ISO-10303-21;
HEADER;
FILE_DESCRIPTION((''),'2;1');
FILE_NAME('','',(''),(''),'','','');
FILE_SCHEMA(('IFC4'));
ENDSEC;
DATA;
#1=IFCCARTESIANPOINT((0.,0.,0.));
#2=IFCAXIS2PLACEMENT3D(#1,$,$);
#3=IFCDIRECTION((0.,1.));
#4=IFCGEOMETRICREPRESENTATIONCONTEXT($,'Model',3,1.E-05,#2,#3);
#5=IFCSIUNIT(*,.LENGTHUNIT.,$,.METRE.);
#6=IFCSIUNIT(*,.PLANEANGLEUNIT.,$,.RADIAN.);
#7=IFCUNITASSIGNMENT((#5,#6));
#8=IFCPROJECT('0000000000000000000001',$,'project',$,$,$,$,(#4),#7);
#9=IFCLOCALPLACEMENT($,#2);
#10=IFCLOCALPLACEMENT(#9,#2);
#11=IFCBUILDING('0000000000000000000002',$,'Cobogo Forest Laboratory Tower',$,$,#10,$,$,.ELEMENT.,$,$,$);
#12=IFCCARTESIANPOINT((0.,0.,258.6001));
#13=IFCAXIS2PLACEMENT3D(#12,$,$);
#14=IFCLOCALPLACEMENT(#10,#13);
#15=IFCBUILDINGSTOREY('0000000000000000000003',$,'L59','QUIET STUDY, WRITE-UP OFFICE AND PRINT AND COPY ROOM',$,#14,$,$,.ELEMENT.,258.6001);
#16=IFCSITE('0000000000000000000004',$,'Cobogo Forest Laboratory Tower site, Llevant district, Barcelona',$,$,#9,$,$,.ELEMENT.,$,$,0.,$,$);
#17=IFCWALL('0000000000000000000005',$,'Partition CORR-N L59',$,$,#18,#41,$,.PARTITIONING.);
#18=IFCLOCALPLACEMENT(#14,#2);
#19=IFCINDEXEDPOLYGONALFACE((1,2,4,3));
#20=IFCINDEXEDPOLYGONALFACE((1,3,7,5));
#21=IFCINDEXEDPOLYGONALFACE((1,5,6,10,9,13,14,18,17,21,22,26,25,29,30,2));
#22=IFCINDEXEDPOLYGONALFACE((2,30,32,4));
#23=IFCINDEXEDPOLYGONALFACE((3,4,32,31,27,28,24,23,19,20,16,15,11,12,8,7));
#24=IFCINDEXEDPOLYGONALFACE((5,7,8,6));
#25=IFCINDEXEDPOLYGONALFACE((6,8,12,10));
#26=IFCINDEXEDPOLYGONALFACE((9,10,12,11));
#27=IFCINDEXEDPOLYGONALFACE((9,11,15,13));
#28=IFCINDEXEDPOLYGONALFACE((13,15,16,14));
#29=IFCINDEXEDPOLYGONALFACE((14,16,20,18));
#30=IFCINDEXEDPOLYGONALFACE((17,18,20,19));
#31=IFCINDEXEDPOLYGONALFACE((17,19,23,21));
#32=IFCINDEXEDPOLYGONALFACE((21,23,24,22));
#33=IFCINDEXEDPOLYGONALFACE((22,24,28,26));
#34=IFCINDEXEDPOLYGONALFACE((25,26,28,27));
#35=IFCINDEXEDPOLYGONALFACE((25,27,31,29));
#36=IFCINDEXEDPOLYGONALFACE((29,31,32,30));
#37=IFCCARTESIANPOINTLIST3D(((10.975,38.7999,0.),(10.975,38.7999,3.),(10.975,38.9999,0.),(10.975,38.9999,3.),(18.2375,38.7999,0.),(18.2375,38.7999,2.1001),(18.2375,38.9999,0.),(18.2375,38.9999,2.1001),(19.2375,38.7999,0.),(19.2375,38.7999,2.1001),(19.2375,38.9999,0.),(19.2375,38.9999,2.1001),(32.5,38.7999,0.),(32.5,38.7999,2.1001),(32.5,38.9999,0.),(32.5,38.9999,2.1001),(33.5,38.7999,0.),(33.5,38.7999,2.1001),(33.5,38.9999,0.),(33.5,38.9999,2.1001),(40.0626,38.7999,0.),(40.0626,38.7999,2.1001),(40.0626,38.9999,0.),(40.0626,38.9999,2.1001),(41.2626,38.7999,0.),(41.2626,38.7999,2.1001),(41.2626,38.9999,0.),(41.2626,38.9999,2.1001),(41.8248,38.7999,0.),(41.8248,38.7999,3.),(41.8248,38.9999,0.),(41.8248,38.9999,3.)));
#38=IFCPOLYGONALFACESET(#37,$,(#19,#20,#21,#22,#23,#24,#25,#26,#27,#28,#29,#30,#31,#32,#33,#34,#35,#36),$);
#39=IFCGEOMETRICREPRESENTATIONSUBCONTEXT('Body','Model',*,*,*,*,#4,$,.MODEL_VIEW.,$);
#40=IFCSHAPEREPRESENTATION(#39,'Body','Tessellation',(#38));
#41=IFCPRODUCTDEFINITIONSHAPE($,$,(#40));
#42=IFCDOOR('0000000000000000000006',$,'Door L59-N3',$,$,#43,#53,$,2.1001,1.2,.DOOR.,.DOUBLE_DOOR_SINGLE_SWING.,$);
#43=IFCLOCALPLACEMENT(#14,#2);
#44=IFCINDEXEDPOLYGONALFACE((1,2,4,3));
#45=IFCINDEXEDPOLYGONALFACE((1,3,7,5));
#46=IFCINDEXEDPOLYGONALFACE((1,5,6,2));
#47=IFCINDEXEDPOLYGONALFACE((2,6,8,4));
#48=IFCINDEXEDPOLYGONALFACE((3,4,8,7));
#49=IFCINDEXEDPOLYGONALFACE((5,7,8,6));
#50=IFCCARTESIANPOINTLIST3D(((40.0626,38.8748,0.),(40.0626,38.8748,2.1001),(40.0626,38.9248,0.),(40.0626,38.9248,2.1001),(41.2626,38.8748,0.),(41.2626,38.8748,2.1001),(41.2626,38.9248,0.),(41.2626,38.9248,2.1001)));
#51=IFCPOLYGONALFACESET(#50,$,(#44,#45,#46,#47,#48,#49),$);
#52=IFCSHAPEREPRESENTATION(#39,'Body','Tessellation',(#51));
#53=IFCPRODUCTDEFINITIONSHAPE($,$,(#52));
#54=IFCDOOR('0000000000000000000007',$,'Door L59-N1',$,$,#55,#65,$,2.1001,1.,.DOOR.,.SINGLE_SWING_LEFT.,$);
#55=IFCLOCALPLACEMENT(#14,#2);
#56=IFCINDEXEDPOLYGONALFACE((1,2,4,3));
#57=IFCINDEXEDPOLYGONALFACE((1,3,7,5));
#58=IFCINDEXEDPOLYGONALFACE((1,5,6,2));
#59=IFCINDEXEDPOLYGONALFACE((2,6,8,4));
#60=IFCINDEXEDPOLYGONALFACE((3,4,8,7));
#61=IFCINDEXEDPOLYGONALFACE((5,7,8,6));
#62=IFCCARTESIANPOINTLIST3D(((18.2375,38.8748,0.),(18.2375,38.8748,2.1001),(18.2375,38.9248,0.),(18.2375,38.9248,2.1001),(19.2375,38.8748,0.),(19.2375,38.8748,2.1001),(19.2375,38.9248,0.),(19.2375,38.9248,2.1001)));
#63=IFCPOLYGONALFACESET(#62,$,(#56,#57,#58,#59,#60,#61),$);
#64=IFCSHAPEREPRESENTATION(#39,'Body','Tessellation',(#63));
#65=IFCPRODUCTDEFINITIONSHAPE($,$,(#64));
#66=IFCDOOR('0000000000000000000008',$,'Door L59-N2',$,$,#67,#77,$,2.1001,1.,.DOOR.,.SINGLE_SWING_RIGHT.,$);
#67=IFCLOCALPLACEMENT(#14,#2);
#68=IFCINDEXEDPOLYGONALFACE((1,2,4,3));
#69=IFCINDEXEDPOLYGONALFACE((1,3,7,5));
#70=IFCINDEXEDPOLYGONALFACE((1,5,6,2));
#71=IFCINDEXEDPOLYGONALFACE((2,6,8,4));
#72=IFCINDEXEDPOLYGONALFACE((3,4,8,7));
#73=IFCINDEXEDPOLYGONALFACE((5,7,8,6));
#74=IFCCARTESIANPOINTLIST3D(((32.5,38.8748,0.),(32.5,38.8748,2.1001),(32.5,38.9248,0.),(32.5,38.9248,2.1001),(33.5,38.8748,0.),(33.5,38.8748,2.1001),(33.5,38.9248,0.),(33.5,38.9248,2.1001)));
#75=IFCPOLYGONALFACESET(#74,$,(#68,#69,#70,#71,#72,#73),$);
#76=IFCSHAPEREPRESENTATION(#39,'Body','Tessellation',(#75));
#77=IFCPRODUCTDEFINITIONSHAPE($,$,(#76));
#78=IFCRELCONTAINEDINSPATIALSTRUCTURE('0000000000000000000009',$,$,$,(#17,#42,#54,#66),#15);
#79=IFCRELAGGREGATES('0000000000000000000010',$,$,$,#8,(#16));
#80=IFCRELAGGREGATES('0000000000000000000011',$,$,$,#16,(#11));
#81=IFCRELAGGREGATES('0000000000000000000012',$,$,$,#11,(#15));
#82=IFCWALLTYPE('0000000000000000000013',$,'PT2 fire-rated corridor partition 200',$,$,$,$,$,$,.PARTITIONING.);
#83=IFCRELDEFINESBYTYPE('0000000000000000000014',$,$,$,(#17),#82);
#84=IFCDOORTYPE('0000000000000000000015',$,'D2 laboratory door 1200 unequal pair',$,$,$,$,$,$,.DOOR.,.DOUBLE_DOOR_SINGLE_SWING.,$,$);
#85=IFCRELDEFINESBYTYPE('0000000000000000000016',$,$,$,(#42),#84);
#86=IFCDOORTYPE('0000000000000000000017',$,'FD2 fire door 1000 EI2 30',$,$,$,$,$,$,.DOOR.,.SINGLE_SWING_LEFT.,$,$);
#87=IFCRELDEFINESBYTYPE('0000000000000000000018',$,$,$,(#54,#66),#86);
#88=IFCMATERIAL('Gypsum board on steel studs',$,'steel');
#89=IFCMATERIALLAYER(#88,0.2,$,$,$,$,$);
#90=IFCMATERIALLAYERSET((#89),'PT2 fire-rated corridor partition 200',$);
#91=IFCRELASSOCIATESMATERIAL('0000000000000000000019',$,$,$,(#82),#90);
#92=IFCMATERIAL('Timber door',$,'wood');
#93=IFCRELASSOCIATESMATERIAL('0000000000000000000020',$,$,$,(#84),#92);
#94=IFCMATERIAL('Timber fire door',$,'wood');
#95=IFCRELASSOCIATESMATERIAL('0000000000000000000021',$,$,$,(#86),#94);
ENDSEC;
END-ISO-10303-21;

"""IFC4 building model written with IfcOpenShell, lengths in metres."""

from ifc_helpers import new_model, si_unit, direction, frame, frame_2d, origin, place, context, subcontext, project, spatial, rectangle, extrude, material, layer, layer_set, type_object, element, fill, save


model = new_model("IFC4")

# Units and contexts
model_context = context("Model", 3, precision=1e-05, world=origin(), true_north=direction((0.0, 1.0)))
body_context = subcontext(model_context, "Body", "Model", "MODEL_VIEW")
ifc_project = project(units=[si_unit("LENGTHUNIT", "METRE"), si_unit("PLANEANGLEUNIT", "RADIAN")], contexts=[model_context])

# Site, building, storey
site_placement = place(None, origin())
site = spatial("IfcSite", under=ifc_project, at=site_placement, Name="Cobogo Forest Laboratory Tower site, Llevant district, Barcelona", CompositionType="ELEMENT", RefElevation=0.0)
building_placement = place(site_placement, origin())
building = spatial("IfcBuilding", under=site, at=building_placement, Name="Cobogo Forest Laboratory Tower", CompositionType="ELEMENT")
storey_placement = place(building_placement, frame((0.0, 0.0, 258.6001)))
storey = spatial("IfcBuildingStorey", under=building, at=storey_placement, Name="L59", Description="QUIET STUDY, WRITE-UP OFFICE AND PRINT AND COPY ROOM", CompositionType="ELEMENT", Elevation=258.6001)

# Shared definitions
ifc_material_1 = material(Name="Gypsum board on steel studs", Category="steel")

# Wall, openings, doors
ifc_layer_1 = layer(ifc_material_1, 0.2)
ifc_layer_set_1 = layer_set([ifc_layer_1], Name="PT2 fire-rated corridor partition 200")
wall_type_1 = type_object("IfcWallType", Name="PT2 fire-rated corridor partition 200", PredefinedType="PARTITIONING", material=ifc_layer_set_1)
wall_1_placement = place(storey_placement, frame((10.9751, 38.8999, 0.0), z_axis=(0.0, 0.0, 1.0), x_axis=(1.0, 0.0, 0.0)))
wall_1 = element("IfcWall", 1, at=wall_1_placement, inside=storey, type_object=wall_type_1, Name="Partition CORR-N L59", PredefinedType="PARTITIONING", context=body_context, shape_type="SweptSolid", body=[
    extrude(rectangle(XDim=30.8499, YDim=0.2, at=frame_2d((15.4248, 0.0))), origin(), (0.0, 0.0, 1.0), 3.0),
])
opening_1_placement = place(wall_1_placement, frame((7.2625, 0.0, 0.0)))
opening_1 = element("IfcOpeningElement", 2, at=opening_1_placement, cuts=wall_1, PredefinedType="OPENING", context=body_context, shape_type="SweptSolid", body=[
    extrude(rectangle(XDim=1.0, YDim=2.1001, at=frame_2d((0.5, 1.05))), frame((0.0, 0.1099, 0.0), z_axis=(0.0, -1.0, 0.0), x_axis=(1.0, 0.0, 0.0)), (0.0, 0.0, 1.0), 0.22),
])
opening_2_placement = place(wall_1_placement, frame((21.5249, 0.0, 0.0)))
opening_2 = element("IfcOpeningElement", 3, at=opening_2_placement, cuts=wall_1, PredefinedType="OPENING", context=body_context, shape_type="SweptSolid", body=[
    extrude(rectangle(XDim=1.0, YDim=2.1001, at=frame_2d((0.5, 1.05))), frame((0.0, 0.1099, 0.0), z_axis=(0.0, -1.0, 0.0), x_axis=(1.0, 0.0, 0.0)), (0.0, 0.0, 1.0), 0.22),
])
opening_3_placement = place(wall_1_placement, frame((29.0874, 0.0, 0.0)))
opening_3 = element("IfcOpeningElement", 4, at=opening_3_placement, cuts=wall_1, PredefinedType="OPENING", context=body_context, shape_type="SweptSolid", body=[
    extrude(rectangle(XDim=1.2, YDim=2.1001, at=frame_2d((0.6001, 1.05))), frame((0.0, 0.1099, 0.0), z_axis=(0.0, -1.0, 0.0), x_axis=(1.0, 0.0, 0.0)), (0.0, 0.0, 1.0), 0.22),
])
ifc_material_2 = material(Name="Timber door", Category="wood")
door_type_1 = type_object("IfcDoorType", Name="D2 laboratory door 1200 unequal pair", OperationType="DOUBLE_DOOR_SINGLE_SWING", PredefinedType="DOOR", material=ifc_material_2)
door_1_placement = place(opening_3_placement, origin())
door_1 = element("IfcDoor", 5, at=door_1_placement, inside=storey, type_object=door_type_1, Name="Door L59-N3", OperationType="DOUBLE_DOOR_SINGLE_SWING", OverallHeight=2.1001, OverallWidth=1.2, PredefinedType="DOOR", context=body_context, shape_type="SweptSolid", body=[
    extrude(rectangle(XDim=1.2, YDim=2.1001, at=frame_2d((0.6001, 1.05))), frame((0.0, 0.0249, 0.0), z_axis=(0.0, -1.0, 0.0), x_axis=(1.0, 0.0, 0.0)), (0.0, 0.0, 1.0), 0.05),
])
fill(opening_3, door_1)
ifc_material_3 = material(Name="Timber fire door", Category="wood")
door_type_2 = type_object("IfcDoorType", Name="FD2 fire door 1000 EI2 30", OperationType="SINGLE_SWING_LEFT", PredefinedType="DOOR", material=ifc_material_3)
door_2_placement = place(opening_1_placement, origin())
door_2 = element("IfcDoor", 6, at=door_2_placement, inside=storey, type_object=door_type_2, Name="Door L59-N1", OperationType="SINGLE_SWING_LEFT", OverallHeight=2.1001, OverallWidth=1.0, PredefinedType="DOOR", context=body_context, shape_type="SweptSolid", body=[
    extrude(rectangle(XDim=1.0, YDim=2.1001, at=frame_2d((0.5, 1.05))), frame((0.0, 0.0249, 0.0), z_axis=(0.0, -1.0, 0.0), x_axis=(1.0, 0.0, 0.0)), (0.0, 0.0, 1.0), 0.05),
])
fill(opening_1, door_2)
door_3_placement = place(opening_2_placement, origin())
door_3 = element("IfcDoor", 7, at=door_3_placement, inside=storey, type_object=door_type_2, Name="Door L59-N2", OperationType="SINGLE_SWING_RIGHT", OverallHeight=2.1001, OverallWidth=1.0, PredefinedType="DOOR", context=body_context, shape_type="SweptSolid", body=[
    extrude(rectangle(XDim=1.0, YDim=2.1001, at=frame_2d((0.5, 1.05))), frame((0.0, 0.0249, 0.0), z_axis=(0.0, -1.0, 0.0), x_axis=(1.0, 0.0, 0.0)), (0.0, 0.0, 1.0), 0.05),
])
fill(opening_2, door_3)

save(model, "model.ifc")
